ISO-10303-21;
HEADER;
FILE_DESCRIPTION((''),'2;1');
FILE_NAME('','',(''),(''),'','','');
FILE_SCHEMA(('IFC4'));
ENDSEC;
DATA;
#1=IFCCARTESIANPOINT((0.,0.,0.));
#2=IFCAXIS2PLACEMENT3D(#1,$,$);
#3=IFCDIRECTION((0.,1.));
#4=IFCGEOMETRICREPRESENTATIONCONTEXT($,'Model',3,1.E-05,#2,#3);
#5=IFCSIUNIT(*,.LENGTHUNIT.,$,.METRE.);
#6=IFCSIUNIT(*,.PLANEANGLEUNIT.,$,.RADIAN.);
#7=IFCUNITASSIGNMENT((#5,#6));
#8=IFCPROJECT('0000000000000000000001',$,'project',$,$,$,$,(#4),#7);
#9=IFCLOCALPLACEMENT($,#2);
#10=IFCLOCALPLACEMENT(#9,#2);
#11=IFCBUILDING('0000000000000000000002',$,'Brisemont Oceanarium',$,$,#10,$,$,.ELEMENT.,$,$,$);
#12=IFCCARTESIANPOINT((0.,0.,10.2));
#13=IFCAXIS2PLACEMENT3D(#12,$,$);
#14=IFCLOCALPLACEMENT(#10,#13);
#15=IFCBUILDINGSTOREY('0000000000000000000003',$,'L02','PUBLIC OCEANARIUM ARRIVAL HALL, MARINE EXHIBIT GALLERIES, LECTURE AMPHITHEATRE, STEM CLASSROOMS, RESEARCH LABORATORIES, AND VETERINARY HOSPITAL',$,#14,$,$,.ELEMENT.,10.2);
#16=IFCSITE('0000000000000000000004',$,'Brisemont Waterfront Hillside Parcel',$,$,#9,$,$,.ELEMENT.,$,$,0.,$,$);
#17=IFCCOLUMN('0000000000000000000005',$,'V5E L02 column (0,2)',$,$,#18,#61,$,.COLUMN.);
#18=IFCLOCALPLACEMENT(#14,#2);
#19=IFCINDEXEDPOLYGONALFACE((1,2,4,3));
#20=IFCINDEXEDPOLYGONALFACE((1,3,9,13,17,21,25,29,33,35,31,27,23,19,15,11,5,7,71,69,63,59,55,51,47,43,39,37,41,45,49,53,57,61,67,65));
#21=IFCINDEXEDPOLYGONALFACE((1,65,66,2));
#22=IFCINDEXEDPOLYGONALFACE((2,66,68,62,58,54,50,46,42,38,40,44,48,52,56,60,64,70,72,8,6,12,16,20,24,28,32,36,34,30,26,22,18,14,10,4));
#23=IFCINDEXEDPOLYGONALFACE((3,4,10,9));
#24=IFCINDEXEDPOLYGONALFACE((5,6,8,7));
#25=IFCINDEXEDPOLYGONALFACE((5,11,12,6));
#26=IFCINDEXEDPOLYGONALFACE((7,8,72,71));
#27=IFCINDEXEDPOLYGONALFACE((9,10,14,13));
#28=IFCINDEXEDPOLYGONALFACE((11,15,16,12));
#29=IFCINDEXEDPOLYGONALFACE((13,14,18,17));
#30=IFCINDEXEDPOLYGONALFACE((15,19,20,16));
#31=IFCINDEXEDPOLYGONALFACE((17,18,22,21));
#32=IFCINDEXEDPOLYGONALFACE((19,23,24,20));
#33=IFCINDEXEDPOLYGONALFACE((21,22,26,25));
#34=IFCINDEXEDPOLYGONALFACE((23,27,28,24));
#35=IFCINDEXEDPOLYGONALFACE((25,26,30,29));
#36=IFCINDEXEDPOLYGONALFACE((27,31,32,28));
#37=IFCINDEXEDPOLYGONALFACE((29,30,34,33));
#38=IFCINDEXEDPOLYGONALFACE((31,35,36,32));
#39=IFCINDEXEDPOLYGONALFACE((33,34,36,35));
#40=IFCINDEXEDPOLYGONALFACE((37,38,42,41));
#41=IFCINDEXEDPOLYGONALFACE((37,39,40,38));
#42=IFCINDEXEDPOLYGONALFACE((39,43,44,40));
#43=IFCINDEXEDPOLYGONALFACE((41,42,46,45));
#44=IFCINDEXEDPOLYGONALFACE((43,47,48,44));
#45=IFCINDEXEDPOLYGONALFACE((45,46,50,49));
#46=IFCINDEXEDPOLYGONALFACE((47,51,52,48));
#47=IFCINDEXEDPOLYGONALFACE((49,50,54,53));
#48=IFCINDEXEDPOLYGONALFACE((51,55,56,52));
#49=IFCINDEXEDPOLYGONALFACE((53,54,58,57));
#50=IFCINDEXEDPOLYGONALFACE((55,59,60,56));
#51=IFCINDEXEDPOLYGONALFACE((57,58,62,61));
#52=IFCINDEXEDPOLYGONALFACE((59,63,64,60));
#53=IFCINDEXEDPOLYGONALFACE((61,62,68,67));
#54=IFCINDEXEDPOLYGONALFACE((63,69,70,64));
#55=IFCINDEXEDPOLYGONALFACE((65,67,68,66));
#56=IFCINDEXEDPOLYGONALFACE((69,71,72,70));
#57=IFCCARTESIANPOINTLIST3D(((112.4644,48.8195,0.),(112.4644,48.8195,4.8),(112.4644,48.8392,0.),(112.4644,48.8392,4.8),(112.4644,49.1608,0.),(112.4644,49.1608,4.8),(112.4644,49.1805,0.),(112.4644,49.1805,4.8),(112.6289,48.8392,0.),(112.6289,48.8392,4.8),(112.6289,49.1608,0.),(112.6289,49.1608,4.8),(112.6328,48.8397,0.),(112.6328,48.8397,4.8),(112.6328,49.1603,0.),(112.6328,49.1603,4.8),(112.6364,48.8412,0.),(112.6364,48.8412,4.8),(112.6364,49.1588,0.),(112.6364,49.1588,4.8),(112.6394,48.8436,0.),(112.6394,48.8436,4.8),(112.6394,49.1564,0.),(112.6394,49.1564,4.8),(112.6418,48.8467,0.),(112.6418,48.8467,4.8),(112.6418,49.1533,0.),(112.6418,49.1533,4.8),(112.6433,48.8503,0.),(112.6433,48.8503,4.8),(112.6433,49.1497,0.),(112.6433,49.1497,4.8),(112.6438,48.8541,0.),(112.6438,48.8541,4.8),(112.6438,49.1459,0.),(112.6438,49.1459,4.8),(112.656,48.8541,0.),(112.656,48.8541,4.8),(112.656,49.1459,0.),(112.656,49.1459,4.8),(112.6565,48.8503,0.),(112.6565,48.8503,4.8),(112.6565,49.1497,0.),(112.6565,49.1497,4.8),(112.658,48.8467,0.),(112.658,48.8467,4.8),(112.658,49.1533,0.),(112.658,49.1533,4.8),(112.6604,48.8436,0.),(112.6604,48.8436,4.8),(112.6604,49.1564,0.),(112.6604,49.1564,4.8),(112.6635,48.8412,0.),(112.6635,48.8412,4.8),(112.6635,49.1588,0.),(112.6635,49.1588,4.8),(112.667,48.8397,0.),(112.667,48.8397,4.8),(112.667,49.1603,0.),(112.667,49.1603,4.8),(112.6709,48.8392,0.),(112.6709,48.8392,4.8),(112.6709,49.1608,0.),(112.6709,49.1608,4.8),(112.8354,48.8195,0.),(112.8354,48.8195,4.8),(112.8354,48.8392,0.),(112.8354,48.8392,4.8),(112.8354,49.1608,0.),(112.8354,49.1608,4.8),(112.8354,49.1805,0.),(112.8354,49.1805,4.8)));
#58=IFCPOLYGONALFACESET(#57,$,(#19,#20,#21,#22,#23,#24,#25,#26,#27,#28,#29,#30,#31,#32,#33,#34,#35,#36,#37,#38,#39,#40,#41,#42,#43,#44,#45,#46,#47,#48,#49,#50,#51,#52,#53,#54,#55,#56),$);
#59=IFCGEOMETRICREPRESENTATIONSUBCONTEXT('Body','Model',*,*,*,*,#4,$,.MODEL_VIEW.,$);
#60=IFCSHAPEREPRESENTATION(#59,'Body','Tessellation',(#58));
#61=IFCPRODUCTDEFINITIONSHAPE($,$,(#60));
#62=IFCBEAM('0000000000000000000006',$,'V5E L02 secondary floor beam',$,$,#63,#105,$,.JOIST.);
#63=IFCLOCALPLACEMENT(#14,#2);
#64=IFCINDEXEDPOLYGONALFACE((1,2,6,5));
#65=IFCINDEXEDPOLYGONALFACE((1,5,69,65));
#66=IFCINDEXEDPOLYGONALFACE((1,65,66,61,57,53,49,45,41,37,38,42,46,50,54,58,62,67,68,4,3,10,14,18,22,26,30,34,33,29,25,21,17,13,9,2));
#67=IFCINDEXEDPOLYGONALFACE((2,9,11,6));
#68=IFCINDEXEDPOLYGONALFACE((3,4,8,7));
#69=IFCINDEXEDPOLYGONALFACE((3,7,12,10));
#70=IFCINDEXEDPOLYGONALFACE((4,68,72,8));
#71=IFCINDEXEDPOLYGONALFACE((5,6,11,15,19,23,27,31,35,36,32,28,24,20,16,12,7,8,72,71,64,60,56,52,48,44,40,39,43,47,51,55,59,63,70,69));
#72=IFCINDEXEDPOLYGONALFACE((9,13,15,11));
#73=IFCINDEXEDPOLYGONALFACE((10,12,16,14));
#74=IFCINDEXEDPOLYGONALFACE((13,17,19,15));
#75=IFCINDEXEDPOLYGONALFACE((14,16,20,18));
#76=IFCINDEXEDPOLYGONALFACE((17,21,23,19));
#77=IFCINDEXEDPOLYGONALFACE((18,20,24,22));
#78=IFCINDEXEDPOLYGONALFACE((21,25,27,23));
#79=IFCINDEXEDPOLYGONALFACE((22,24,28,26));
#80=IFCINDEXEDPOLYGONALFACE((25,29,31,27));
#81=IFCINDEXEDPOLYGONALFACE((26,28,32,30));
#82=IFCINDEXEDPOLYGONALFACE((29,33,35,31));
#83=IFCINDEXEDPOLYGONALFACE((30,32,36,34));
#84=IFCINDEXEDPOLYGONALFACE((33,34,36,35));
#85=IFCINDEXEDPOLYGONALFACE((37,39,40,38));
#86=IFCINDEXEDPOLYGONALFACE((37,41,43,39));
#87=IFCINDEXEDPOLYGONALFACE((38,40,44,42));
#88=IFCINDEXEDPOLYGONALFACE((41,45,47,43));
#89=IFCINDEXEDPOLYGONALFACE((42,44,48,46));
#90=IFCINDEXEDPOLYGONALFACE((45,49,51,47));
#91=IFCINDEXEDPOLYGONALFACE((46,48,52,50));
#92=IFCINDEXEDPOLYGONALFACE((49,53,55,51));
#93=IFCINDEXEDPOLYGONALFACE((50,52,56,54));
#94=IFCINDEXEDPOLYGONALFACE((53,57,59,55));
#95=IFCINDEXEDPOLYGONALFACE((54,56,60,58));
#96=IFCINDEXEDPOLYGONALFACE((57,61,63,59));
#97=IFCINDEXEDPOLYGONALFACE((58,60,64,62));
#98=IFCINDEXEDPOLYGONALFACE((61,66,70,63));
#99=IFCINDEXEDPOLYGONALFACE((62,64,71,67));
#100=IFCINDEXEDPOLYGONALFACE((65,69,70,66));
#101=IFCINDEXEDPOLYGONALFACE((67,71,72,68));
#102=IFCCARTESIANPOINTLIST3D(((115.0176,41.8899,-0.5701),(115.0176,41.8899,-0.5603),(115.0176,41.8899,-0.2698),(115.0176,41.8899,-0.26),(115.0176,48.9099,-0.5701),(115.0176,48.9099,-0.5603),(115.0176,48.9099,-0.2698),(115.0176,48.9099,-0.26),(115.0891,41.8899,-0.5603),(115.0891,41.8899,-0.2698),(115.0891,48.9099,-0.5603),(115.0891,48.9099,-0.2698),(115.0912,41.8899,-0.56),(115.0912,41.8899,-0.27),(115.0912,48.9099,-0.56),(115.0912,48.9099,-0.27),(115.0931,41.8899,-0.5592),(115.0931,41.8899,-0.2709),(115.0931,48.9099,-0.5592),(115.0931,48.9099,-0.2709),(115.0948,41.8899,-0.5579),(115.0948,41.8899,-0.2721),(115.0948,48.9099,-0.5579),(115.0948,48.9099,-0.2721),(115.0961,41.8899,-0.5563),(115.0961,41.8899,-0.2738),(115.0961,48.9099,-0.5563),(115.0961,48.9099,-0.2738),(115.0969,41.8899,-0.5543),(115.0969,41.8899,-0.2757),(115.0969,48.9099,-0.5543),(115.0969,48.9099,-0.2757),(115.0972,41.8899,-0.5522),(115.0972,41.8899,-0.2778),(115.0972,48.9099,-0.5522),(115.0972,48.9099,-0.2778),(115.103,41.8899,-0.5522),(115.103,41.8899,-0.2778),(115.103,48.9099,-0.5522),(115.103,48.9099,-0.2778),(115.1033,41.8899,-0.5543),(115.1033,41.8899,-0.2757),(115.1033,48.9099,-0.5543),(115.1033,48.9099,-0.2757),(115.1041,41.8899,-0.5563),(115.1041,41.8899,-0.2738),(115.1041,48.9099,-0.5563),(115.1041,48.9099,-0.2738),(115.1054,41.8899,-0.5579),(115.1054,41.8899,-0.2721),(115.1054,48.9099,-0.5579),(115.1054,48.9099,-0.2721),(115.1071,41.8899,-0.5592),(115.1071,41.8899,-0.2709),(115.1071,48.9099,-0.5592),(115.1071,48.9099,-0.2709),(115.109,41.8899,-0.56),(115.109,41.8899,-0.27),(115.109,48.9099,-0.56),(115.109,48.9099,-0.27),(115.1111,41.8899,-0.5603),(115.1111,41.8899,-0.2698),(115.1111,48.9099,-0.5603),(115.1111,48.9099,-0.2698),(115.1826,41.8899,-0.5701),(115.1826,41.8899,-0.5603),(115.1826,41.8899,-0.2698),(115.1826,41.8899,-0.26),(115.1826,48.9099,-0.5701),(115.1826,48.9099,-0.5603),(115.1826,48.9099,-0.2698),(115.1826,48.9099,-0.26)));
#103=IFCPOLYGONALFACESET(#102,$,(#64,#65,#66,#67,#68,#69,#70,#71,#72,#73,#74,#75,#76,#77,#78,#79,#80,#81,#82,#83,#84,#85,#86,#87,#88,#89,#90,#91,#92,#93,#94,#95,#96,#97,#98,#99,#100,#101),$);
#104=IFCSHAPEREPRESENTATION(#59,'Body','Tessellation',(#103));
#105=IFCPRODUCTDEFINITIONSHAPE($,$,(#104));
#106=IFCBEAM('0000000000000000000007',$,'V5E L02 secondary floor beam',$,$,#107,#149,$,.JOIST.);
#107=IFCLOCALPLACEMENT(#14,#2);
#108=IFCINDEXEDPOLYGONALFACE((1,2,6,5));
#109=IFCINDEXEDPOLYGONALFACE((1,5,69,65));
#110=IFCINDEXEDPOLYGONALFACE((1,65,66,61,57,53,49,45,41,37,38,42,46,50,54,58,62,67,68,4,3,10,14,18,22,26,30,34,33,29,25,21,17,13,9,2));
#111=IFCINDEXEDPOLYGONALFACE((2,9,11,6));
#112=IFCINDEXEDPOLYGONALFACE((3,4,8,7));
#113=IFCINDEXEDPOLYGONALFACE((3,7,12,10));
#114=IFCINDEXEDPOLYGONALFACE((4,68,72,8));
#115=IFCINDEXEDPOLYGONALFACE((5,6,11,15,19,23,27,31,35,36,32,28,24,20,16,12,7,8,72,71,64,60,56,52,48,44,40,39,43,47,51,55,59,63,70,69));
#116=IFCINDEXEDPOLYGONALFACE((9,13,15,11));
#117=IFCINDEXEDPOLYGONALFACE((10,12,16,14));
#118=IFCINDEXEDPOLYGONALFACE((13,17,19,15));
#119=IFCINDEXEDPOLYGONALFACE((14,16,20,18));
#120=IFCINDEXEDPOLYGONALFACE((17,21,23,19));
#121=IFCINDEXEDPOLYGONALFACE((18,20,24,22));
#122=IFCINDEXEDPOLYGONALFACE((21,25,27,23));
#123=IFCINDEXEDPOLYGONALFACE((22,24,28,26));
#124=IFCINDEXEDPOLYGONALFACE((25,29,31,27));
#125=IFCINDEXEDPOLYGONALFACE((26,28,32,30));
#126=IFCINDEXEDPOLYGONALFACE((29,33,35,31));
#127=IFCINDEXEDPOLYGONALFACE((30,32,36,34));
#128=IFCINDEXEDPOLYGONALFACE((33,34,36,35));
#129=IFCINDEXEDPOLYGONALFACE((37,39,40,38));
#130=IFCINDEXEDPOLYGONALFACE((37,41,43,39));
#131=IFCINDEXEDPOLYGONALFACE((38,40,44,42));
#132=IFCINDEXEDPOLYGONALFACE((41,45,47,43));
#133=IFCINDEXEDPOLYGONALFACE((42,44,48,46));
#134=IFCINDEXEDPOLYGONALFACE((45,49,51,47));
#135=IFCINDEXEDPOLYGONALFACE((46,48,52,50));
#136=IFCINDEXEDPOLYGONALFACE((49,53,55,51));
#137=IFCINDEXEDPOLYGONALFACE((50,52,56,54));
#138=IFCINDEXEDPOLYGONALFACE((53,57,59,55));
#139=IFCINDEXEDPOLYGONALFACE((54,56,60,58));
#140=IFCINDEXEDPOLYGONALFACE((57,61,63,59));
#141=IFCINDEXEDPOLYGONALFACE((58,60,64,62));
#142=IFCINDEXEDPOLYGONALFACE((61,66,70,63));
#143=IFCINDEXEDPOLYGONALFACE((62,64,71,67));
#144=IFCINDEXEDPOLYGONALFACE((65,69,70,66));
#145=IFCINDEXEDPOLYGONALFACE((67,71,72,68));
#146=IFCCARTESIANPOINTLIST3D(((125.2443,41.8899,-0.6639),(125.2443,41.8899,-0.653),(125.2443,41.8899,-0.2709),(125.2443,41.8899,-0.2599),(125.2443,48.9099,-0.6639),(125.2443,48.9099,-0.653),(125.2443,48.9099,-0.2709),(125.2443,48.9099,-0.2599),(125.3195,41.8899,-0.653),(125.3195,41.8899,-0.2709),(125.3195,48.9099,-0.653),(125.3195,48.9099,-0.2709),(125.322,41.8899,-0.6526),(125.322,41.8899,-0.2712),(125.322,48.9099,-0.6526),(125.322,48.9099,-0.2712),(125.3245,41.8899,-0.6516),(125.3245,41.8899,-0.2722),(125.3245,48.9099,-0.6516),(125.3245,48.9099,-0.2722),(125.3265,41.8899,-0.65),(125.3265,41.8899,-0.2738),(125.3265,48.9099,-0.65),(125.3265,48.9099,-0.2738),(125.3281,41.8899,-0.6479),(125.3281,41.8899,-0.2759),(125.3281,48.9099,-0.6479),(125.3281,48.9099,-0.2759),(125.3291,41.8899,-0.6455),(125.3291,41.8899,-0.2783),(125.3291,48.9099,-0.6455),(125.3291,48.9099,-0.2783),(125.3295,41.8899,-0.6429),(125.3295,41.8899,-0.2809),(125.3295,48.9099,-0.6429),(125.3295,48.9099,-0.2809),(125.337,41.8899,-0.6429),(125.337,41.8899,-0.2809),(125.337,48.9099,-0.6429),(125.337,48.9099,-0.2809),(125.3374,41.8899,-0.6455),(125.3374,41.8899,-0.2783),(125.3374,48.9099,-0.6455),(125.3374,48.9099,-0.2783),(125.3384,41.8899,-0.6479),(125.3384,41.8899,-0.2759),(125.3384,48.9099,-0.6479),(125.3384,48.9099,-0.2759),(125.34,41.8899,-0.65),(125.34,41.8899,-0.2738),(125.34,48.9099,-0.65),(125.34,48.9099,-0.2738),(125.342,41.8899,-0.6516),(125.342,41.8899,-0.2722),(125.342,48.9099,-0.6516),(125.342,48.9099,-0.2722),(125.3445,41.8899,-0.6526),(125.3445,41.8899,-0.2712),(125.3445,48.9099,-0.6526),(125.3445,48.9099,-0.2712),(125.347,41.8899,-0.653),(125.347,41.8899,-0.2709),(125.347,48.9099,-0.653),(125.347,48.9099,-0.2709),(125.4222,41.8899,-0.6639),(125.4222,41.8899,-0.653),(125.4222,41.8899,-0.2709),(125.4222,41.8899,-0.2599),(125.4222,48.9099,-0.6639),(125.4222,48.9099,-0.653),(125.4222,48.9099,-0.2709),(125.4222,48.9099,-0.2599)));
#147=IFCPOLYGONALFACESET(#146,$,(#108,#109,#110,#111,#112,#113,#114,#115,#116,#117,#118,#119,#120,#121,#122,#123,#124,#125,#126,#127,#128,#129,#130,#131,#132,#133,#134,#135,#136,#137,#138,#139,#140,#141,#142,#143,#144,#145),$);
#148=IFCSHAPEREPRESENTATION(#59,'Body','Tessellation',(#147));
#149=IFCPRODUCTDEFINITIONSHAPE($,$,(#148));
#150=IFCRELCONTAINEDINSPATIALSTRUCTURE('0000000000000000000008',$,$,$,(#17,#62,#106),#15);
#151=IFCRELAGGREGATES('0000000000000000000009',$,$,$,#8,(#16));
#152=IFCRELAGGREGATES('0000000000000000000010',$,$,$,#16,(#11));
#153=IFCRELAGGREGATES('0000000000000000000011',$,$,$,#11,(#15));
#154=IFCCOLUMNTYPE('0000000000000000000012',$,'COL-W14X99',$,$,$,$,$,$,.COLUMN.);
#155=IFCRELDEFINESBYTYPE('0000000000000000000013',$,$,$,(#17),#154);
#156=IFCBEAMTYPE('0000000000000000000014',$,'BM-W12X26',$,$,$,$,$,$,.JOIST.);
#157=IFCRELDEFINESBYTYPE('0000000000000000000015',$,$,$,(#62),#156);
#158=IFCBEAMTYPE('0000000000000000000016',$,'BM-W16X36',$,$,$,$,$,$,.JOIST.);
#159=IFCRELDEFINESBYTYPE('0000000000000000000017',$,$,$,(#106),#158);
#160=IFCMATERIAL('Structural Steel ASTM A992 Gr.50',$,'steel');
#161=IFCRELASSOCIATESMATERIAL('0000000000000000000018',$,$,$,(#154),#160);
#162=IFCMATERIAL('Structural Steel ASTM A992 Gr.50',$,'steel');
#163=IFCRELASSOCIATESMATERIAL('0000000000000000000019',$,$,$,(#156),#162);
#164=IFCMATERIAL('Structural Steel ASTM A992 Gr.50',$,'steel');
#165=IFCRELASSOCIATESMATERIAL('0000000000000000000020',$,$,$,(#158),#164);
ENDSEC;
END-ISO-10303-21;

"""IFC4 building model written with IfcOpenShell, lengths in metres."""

from ifc_helpers import new_model, si_unit, direction, frame, origin, origin_2d, place, context, subcontext, project, spatial, i_section, extrude, material, material_profile, profile_set, type_object, element, save


model = new_model("IFC4")

# Units and contexts
model_context = context("Model", 3, precision=1e-05, world=origin(), true_north=direction((0.0, 1.0)))
body_context = subcontext(model_context, "Body", "Model", "MODEL_VIEW")
ifc_project = project(units=[si_unit("LENGTHUNIT", "METRE"), si_unit("PLANEANGLEUNIT", "RADIAN")], contexts=[model_context])

# Site, building, storey
site_placement = place(None, origin())
site = spatial("IfcSite", under=ifc_project, at=site_placement, Name="Brisemont Waterfront Hillside Parcel", CompositionType="ELEMENT", RefElevation=0.0)
building_placement = place(site_placement, origin())
building = spatial("IfcBuilding", under=site, at=building_placement, Name="Brisemont Oceanarium", CompositionType="ELEMENT")
storey_placement = place(building_placement, frame((0.0, 0.0, 10.2)))
storey = spatial("IfcBuildingStorey", under=building, at=storey_placement, Name="L02", Description="PUBLIC OCEANARIUM ARRIVAL HALL, MARINE EXHIBIT GALLERIES, LECTURE AMPHITHEATRE, STEM CLASSROOMS, RESEARCH LABORATORIES, AND VETERINARY HOSPITAL", CompositionType="ELEMENT", Elevation=10.2)

# Column
ifc_material_1 = material(Name="Structural Steel ASTM A992 Gr.50", Category="steel")
ifc_material_profile_1 = material_profile(ifc_material_1, i_section(OverallWidth=0.3711, OverallDepth=0.3611, WebThickness=0.0122, FlangeThickness=0.0198, FilletRadius=0.0149, at=origin_2d()), Name="W14X99")
ifc_profile_set_1 = profile_set([ifc_material_profile_1], Name="Structural Steel ASTM A992 Gr.50")
column_type_1 = type_object("IfcColumnType", Name="COL-W14X99", PredefinedType="COLUMN", material=ifc_profile_set_1)
column_1_placement = place(storey_placement, frame((112.6499, 49.0, 0.0), z_axis=(0.0, 0.0, 1.0), x_axis=(1.0, 0.0, 0.0)))
element("IfcColumn", 1, at=column_1_placement, inside=storey, type_object=column_type_1, Name="V5E L02 column (0,2)", PredefinedType="COLUMN", context=body_context, shape_type="SweptSolid", body=[
    extrude(i_section(OverallWidth=0.3711, OverallDepth=0.3611, WebThickness=0.0122, FlangeThickness=0.0198, FilletRadius=0.0149, at=origin_2d()), origin(), (0.0, 0.0, 1.0), 4.8),
])

# Beams
ifc_material_2 = material(Name="Structural Steel ASTM A992 Gr.50", Category="steel")
ifc_material_profile_2 = material_profile(ifc_material_2, i_section(OverallWidth=0.165, OverallDepth=0.3101, WebThickness=0.0059, FlangeThickness=0.0098, FilletRadius=0.0081, at=origin_2d()), Name="W12X26")
ifc_profile_set_2 = profile_set([ifc_material_profile_2], Name="Structural Steel ASTM A992 Gr.50")
beam_type_1 = type_object("IfcBeamType", Name="BM-W12X26", PredefinedType="JOIST", material=ifc_profile_set_2)
beam_1_placement = place(storey_placement, frame((115.1001, 41.8899, -0.415), z_axis=(0.0, 1.0, 0.0), x_axis=(-1.0, 0.0, 0.0)))
element("IfcBeam", 2, at=beam_1_placement, inside=storey, type_object=beam_type_1, Name="V5E L02 secondary floor beam", PredefinedType="JOIST", context=body_context, shape_type="SweptSolid", body=[
    extrude(i_section(OverallWidth=0.165, OverallDepth=0.3101, WebThickness=0.0059, FlangeThickness=0.0098, FilletRadius=0.0081, at=origin_2d()), origin(), (0.0, 0.0, 1.0), 7.02),
])
ifc_material_3 = material(Name="Structural Steel ASTM A992 Gr.50", Category="steel")
ifc_material_profile_3 = material_profile(ifc_material_3, i_section(OverallWidth=0.178, OverallDepth=0.4041, WebThickness=0.0076, FlangeThickness=0.011, FilletRadius=0.01, at=origin_2d()), Name="W16X36")
ifc_profile_set_3 = profile_set([ifc_material_profile_3], Name="Structural Steel ASTM A992 Gr.50")
beam_type_2 = type_object("IfcBeamType", Name="BM-W16X36", PredefinedType="JOIST", material=ifc_profile_set_3)
beam_2_placement = place(storey_placement, frame((125.3333, 41.8899, -0.4619), z_axis=(0.0, 1.0, 0.0), x_axis=(-1.0, 0.0, 0.0)))
element("IfcBeam", 3, at=beam_2_placement, inside=storey, type_object=beam_type_2, Name="V5E L02 secondary floor beam", PredefinedType="JOIST", context=body_context, shape_type="SweptSolid", body=[
    extrude(i_section(OverallWidth=0.178, OverallDepth=0.4041, WebThickness=0.0076, FlangeThickness=0.011, FilletRadius=0.01, at=origin_2d()), origin(), (0.0, 0.0, 1.0), 7.02),
])

save(model, "model.ifc")
